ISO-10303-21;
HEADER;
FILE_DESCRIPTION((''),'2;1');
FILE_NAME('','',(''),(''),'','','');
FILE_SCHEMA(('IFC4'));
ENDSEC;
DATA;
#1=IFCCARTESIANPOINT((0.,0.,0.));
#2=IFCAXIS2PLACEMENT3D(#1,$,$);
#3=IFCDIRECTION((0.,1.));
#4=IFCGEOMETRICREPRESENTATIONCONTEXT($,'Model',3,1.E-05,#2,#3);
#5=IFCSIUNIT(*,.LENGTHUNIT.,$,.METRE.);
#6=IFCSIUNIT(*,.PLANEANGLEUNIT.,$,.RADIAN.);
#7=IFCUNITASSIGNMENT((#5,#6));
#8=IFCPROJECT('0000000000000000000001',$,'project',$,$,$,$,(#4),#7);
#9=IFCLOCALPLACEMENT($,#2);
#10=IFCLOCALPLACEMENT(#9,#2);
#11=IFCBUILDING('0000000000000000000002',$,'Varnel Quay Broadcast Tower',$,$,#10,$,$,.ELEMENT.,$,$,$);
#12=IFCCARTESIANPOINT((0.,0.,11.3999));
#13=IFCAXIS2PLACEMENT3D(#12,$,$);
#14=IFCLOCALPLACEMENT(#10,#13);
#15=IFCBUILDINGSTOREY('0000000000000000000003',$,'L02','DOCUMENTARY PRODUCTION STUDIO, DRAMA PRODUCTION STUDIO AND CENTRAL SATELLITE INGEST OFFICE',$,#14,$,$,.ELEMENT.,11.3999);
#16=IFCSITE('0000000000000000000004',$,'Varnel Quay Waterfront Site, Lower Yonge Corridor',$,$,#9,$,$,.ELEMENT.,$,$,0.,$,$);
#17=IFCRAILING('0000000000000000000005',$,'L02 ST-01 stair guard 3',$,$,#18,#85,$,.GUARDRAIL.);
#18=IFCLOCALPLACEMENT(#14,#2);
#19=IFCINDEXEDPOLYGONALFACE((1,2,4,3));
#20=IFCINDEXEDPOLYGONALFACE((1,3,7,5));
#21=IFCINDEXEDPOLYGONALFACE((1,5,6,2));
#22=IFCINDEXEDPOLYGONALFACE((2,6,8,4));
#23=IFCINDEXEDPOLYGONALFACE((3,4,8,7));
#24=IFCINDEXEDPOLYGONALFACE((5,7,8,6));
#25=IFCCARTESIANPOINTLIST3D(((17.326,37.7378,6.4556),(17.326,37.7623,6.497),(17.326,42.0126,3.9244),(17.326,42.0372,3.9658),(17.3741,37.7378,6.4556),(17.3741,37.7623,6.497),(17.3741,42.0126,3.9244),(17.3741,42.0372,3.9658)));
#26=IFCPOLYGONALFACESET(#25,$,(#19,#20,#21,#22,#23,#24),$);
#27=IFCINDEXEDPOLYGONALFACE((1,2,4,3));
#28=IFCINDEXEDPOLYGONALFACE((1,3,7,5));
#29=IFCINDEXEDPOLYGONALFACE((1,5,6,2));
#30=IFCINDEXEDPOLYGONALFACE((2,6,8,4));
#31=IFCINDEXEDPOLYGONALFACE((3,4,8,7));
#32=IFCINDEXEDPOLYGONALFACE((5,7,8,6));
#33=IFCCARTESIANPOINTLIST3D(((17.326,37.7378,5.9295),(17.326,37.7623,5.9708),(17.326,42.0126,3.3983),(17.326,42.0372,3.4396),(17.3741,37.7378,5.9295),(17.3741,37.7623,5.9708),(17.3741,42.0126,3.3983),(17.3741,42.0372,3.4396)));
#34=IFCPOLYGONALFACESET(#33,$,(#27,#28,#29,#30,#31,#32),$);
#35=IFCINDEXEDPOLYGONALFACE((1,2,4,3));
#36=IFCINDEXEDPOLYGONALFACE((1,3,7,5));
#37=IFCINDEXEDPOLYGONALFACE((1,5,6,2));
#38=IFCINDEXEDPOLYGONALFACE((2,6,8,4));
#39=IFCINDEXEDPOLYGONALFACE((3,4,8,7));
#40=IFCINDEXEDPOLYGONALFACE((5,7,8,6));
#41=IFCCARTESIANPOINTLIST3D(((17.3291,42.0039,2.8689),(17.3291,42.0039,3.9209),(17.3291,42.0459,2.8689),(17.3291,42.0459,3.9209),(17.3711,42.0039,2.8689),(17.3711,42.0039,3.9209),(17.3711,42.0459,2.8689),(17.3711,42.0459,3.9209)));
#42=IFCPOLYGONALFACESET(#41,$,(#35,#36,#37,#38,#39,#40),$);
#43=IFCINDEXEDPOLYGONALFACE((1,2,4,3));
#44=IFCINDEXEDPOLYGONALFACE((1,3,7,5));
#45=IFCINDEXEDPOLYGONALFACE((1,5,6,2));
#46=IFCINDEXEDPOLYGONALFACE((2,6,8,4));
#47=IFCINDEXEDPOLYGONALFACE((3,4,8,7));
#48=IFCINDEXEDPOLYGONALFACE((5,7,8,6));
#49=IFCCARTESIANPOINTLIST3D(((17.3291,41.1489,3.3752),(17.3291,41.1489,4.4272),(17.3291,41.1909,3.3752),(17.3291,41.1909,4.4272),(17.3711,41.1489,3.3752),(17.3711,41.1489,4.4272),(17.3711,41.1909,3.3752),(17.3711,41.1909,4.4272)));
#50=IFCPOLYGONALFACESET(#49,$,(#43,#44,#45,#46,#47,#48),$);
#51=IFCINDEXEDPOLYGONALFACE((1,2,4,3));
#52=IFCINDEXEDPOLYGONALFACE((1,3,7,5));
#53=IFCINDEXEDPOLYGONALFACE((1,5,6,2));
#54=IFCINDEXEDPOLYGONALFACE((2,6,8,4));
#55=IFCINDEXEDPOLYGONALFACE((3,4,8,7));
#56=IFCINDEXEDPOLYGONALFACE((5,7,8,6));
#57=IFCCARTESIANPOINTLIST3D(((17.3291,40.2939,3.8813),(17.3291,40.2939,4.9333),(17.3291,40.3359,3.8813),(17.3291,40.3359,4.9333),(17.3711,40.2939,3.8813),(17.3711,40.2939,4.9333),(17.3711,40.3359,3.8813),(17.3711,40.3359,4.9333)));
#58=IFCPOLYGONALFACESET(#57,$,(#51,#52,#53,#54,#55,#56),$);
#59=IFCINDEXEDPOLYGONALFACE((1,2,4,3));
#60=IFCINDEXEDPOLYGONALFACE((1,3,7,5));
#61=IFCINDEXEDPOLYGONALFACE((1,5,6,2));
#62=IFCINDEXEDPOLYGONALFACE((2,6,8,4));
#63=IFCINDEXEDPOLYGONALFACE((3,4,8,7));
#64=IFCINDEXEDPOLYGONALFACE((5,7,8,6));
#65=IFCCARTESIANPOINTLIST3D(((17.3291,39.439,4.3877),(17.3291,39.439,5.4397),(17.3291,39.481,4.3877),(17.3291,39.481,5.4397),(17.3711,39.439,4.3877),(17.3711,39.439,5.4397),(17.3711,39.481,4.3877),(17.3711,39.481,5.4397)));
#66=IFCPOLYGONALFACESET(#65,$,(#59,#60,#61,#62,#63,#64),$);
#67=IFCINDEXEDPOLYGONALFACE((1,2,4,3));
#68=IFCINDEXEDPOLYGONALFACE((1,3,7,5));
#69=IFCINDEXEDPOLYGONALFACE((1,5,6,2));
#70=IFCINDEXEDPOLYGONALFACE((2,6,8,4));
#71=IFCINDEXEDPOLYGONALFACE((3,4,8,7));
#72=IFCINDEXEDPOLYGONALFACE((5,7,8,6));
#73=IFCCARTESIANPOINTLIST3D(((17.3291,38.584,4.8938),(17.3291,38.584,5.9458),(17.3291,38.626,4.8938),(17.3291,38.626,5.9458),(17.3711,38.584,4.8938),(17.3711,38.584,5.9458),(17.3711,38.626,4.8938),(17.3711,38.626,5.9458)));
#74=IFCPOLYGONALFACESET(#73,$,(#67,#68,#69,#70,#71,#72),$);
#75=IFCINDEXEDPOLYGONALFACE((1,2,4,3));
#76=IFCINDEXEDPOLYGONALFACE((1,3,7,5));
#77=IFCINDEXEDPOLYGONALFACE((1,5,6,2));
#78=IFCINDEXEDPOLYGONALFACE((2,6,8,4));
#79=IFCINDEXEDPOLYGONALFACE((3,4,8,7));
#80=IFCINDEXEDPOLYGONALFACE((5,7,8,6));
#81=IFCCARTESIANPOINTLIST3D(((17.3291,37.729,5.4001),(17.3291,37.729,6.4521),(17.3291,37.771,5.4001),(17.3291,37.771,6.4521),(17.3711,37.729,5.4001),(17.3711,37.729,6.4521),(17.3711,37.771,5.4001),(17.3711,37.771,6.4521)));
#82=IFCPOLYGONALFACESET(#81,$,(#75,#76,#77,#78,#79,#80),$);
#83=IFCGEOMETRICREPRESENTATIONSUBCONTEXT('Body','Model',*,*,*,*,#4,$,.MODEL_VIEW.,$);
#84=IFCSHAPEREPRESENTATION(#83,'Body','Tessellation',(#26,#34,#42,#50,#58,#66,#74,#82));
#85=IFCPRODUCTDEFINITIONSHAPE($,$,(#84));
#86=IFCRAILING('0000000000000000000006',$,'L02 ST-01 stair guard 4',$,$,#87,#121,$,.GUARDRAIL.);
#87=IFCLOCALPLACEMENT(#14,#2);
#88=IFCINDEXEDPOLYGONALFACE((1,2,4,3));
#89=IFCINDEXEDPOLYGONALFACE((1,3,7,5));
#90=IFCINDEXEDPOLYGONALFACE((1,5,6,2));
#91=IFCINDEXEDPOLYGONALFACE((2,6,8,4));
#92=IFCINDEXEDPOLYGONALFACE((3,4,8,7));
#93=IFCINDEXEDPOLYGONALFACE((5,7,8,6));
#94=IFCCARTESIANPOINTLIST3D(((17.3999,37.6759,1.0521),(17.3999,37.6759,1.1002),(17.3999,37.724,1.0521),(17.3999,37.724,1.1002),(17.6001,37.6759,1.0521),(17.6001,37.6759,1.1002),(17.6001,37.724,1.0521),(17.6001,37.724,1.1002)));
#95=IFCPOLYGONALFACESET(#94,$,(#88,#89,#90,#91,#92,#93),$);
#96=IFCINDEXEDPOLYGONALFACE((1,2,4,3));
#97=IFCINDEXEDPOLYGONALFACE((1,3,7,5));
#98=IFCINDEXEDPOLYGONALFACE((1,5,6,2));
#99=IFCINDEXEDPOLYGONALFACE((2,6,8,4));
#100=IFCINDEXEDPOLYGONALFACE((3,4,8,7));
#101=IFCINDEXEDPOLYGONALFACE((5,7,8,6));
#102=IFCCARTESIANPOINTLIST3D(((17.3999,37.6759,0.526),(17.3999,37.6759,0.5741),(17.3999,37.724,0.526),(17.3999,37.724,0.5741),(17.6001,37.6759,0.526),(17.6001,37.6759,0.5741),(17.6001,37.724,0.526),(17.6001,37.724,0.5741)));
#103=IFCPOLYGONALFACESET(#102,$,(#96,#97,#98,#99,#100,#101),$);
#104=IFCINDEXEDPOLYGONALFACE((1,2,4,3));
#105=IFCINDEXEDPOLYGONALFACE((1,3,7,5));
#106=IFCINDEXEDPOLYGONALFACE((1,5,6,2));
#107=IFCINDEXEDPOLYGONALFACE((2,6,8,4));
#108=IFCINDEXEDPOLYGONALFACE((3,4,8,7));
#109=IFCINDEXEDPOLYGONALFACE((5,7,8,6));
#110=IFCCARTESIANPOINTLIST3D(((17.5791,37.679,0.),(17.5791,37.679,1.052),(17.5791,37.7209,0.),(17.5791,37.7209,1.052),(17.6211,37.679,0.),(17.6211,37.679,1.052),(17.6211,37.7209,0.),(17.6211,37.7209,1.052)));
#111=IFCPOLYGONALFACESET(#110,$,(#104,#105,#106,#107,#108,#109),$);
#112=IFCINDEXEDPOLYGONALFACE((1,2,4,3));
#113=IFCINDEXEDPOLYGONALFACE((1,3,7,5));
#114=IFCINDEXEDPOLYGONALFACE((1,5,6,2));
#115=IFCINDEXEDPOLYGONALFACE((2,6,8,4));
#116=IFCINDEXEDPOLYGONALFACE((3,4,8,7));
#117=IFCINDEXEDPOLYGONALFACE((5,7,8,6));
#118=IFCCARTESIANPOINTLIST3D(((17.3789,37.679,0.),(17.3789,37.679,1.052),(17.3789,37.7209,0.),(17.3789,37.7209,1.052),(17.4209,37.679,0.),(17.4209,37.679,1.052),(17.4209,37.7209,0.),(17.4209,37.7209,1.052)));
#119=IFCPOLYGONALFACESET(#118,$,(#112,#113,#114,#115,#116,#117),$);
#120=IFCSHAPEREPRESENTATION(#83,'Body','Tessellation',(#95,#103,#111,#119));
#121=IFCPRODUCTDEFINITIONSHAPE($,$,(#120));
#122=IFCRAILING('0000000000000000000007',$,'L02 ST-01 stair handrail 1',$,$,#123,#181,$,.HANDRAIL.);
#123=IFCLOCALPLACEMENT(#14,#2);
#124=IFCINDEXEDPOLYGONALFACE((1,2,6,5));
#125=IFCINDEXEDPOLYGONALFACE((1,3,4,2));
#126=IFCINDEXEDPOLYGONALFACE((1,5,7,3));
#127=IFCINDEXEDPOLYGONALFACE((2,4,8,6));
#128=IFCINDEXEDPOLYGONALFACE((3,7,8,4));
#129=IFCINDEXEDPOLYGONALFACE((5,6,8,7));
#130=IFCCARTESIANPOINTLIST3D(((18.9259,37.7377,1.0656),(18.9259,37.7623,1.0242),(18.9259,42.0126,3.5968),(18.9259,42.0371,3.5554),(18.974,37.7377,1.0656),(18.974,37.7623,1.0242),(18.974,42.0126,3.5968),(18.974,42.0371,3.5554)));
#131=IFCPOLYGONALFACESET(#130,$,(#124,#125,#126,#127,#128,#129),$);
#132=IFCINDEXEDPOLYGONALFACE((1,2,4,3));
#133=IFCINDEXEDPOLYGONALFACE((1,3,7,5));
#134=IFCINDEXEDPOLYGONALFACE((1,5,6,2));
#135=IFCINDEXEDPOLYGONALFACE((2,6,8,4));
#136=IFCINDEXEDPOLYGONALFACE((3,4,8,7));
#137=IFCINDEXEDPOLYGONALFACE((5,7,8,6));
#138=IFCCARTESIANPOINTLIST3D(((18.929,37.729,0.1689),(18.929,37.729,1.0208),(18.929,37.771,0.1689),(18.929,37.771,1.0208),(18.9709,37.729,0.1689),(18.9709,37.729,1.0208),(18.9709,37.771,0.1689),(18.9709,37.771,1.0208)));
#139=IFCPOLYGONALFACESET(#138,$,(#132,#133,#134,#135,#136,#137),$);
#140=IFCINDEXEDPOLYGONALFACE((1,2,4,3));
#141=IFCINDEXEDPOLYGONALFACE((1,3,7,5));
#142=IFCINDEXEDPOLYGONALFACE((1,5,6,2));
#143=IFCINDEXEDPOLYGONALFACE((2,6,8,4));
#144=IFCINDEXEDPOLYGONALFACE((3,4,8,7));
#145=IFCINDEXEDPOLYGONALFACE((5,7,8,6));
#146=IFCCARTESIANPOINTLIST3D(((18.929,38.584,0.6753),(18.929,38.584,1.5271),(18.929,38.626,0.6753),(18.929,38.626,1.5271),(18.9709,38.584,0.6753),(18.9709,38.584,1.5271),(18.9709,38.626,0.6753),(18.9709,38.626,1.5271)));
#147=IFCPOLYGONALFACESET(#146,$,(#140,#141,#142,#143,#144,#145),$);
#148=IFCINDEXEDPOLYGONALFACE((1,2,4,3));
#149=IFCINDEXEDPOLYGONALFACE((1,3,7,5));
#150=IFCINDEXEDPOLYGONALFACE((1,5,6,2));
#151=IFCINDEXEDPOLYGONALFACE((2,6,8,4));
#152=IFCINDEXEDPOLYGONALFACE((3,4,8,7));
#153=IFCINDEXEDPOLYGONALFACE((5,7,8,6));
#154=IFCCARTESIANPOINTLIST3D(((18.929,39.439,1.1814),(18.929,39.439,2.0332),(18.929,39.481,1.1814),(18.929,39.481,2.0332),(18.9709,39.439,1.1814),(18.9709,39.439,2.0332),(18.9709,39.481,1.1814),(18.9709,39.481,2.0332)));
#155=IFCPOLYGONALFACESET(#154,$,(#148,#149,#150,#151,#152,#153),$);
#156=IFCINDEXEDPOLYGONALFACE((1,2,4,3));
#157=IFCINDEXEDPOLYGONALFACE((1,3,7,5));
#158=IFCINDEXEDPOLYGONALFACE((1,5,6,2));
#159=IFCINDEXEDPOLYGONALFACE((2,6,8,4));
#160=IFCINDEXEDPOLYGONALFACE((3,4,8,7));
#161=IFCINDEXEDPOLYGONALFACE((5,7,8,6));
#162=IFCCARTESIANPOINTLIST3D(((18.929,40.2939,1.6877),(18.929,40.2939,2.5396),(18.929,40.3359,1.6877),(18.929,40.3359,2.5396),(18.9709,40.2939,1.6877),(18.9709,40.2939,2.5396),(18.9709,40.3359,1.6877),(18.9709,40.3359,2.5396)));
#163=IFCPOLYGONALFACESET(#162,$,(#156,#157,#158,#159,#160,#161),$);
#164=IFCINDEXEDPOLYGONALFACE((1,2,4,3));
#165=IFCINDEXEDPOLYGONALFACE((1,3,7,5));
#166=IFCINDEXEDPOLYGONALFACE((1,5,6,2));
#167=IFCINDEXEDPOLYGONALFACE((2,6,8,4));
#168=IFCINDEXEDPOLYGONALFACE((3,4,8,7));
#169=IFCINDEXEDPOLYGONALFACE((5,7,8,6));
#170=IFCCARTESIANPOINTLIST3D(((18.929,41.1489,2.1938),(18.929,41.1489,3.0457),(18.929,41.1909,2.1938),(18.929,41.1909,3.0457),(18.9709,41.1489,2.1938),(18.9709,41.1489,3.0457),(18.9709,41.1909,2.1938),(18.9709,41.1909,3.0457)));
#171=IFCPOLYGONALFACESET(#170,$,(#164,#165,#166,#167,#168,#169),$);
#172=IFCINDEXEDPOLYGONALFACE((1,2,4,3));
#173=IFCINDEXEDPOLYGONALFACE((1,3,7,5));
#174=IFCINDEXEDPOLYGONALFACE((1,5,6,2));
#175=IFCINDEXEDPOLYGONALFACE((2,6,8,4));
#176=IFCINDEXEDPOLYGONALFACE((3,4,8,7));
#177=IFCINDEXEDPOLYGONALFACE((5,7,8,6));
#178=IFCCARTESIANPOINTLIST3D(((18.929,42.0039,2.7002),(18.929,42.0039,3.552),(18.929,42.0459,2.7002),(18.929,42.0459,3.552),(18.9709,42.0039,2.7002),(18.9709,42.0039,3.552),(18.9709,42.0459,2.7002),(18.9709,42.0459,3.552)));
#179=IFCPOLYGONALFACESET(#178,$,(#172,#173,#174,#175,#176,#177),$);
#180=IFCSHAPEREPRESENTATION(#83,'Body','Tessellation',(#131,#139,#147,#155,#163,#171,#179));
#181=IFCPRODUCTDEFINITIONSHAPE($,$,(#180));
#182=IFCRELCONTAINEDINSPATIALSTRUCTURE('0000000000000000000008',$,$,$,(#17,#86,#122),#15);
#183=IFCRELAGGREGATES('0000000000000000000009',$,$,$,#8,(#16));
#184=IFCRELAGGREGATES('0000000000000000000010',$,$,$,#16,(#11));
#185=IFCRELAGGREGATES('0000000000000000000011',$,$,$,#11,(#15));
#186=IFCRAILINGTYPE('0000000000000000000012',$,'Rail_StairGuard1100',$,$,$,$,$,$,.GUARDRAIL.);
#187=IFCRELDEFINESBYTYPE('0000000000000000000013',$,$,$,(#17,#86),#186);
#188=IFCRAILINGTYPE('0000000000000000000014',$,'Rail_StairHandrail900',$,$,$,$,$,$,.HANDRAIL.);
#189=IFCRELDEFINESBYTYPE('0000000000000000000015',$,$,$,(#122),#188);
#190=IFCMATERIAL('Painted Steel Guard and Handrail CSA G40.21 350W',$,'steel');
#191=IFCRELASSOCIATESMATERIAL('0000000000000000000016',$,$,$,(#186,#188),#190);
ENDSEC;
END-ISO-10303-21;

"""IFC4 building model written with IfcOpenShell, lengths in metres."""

from ifc_helpers import new_model, si_unit, direction, frame, origin, origin_2d, place, context, subcontext, project, spatial, rectangle, extrude, material, type_object, element, save


model = new_model("IFC4")

# Units and contexts
model_context = context("Model", 3, precision=1e-05, world=origin(), true_north=direction((0.0, 1.0)))
body_context = subcontext(model_context, "Body", "Model", "MODEL_VIEW")
ifc_project = project(units=[si_unit("LENGTHUNIT", "METRE"), si_unit("PLANEANGLEUNIT", "RADIAN")], contexts=[model_context])

# Site, building, storey
site_placement = place(None, origin())
site = spatial("IfcSite", under=ifc_project, at=site_placement, Name="Varnel Quay Waterfront Site, Lower Yonge Corridor", CompositionType="ELEMENT", RefElevation=0.0)
building_placement = place(site_placement, origin())
building = spatial("IfcBuilding", under=site, at=building_placement, Name="Varnel Quay Broadcast Tower", CompositionType="ELEMENT")
storey_placement = place(building_placement, frame((0.0, 0.0, 11.3999)))
storey = spatial("IfcBuildingStorey", under=building, at=storey_placement, Name="L02", Description="DOCUMENTARY PRODUCTION STUDIO, DRAMA PRODUCTION STUDIO AND CENTRAL SATELLITE INGEST OFFICE", CompositionType="ELEMENT", Elevation=11.3999)

# Railings
ifc_material_1 = material(Name="Painted Steel Guard and Handrail CSA G40.21 350W", Category="steel")
railing_type_1 = type_object("IfcRailingType", Name="Rail_StairGuard1100", PredefinedType="GUARDRAIL", material=ifc_material_1)
railing_1_placement = place(storey_placement, frame((17.3501, 42.0249, 2.8689)))
element("IfcRailing", 1, at=railing_1_placement, inside=storey, type_object=railing_type_1, Name="L02 ST-01 stair guard 3", PredefinedType="GUARDRAIL", context=body_context, shape_type="SweptSolid", body=[
    extrude(rectangle(XDim=0.0481, YDim=0.0481, at=origin_2d()), frame((0.0, 0.0, 1.0762), z_axis=(0.0, -0.86047, 0.509501), x_axis=(1.0, 0.0, 0.0)), (0.0, 0.0, 1.0), 4.968),
    extrude(rectangle(XDim=0.0481, YDim=0.0481, at=origin_2d()), frame((0.0, 0.0, 0.55), z_axis=(0.0, -0.86047, 0.509501), x_axis=(1.0, 0.0, 0.0)), (0.0, 0.0, 1.0), 4.968),
    extrude(rectangle(XDim=0.042, YDim=0.042, at=origin_2d()), origin(), (0.0, 0.0, 1.0), 1.052),
    extrude(rectangle(XDim=0.042, YDim=0.042, at=origin_2d()), frame((0.0, -0.855, 0.5063)), (0.0, 0.0, 1.0), 1.052),
    extrude(rectangle(XDim=0.042, YDim=0.042, at=origin_2d()), frame((0.0, -1.71, 1.0125)), (0.0, 0.0, 1.0), 1.052),
    extrude(rectangle(XDim=0.042, YDim=0.042, at=origin_2d()), frame((0.0, -2.5649, 1.5188)), (0.0, 0.0, 1.0), 1.052),
    extrude(rectangle(XDim=0.042, YDim=0.042, at=origin_2d()), frame((0.0, -3.4199, 2.0249)), (0.0, 0.0, 1.0), 1.052),
    extrude(rectangle(XDim=0.042, YDim=0.042, at=origin_2d()), frame((0.0, -4.2749, 2.5312)), (0.0, 0.0, 1.0), 1.052),
])
railing_2_placement = place(storey_placement, frame((17.6001, 37.7, 0.0)))
element("IfcRailing", 2, at=railing_2_placement, inside=storey, type_object=railing_type_1, Name="L02 ST-01 stair guard 4", PredefinedType="GUARDRAIL", context=body_context, shape_type="SweptSolid", body=[
    extrude(rectangle(XDim=0.0481, YDim=0.0481, at=origin_2d()), frame((0.0, 0.0, 1.0762), z_axis=(-1.0, 0.0, 0.0), x_axis=(0.0, -1.0, 0.0)), (0.0, 0.0, 1.0), 0.2002),
    extrude(rectangle(XDim=0.0481, YDim=0.0481, at=origin_2d()), frame((0.0, 0.0, 0.55), z_axis=(-1.0, 0.0, 0.0), x_axis=(0.0, -1.0, 0.0)), (0.0, 0.0, 1.0), 0.2002),
    extrude(rectangle(XDim=0.042, YDim=0.042, at=origin_2d()), origin(), (0.0, 0.0, 1.0), 1.052),
    extrude(rectangle(XDim=0.042, YDim=0.042, at=origin_2d()), frame((-0.2002, 0.0, 0.0)), (0.0, 0.0, 1.0), 1.052),
])
railing_type_2 = type_object("IfcRailingType", Name="Rail_StairHandrail900", PredefinedType="HANDRAIL", material=ifc_material_1)
railing_3_placement = place(storey_placement, frame((18.95, 37.75, 0.1689)))
element("IfcRailing", 3, at=railing_3_placement, inside=storey, type_object=railing_type_2, Name="L02 ST-01 stair handrail 1", PredefinedType="HANDRAIL", context=body_context, shape_type="SweptSolid", body=[
    extrude(rectangle(XDim=0.0481, YDim=0.0481, at=origin_2d()), frame((0.0, 0.0, 0.876), z_axis=(0.0, 0.86047, 0.509501), x_axis=(-1.0, 0.0, 0.0)), (0.0, 0.0, 1.0), 4.968),
    extrude(rectangle(XDim=0.042, YDim=0.042, at=origin_2d()), origin(), (0.0, 0.0, 1.0), 0.8518),
    extrude(rectangle(XDim=0.042, YDim=0.042, at=origin_2d()), frame((0.0, 0.855, 0.5063)), (0.0, 0.0, 1.0), 0.8518),
    extrude(rectangle(XDim=0.042, YDim=0.042, at=origin_2d()), frame((0.0, 1.71, 1.0125)), (0.0, 0.0, 1.0), 0.8518),
    extrude(rectangle(XDim=0.042, YDim=0.042, at=origin_2d()), frame((0.0, 2.5649, 1.5188)), (0.0, 0.0, 1.0), 0.8518),
    extrude(rectangle(XDim=0.042, YDim=0.042, at=origin_2d()), frame((0.0, 3.4199, 2.0249)), (0.0, 0.0, 1.0), 0.8518),
    extrude(rectangle(XDim=0.042, YDim=0.042, at=origin_2d()), frame((0.0, 4.2749, 2.5312)), (0.0, 0.0, 1.0), 0.8518),
])

save(model, "model.ifc")
